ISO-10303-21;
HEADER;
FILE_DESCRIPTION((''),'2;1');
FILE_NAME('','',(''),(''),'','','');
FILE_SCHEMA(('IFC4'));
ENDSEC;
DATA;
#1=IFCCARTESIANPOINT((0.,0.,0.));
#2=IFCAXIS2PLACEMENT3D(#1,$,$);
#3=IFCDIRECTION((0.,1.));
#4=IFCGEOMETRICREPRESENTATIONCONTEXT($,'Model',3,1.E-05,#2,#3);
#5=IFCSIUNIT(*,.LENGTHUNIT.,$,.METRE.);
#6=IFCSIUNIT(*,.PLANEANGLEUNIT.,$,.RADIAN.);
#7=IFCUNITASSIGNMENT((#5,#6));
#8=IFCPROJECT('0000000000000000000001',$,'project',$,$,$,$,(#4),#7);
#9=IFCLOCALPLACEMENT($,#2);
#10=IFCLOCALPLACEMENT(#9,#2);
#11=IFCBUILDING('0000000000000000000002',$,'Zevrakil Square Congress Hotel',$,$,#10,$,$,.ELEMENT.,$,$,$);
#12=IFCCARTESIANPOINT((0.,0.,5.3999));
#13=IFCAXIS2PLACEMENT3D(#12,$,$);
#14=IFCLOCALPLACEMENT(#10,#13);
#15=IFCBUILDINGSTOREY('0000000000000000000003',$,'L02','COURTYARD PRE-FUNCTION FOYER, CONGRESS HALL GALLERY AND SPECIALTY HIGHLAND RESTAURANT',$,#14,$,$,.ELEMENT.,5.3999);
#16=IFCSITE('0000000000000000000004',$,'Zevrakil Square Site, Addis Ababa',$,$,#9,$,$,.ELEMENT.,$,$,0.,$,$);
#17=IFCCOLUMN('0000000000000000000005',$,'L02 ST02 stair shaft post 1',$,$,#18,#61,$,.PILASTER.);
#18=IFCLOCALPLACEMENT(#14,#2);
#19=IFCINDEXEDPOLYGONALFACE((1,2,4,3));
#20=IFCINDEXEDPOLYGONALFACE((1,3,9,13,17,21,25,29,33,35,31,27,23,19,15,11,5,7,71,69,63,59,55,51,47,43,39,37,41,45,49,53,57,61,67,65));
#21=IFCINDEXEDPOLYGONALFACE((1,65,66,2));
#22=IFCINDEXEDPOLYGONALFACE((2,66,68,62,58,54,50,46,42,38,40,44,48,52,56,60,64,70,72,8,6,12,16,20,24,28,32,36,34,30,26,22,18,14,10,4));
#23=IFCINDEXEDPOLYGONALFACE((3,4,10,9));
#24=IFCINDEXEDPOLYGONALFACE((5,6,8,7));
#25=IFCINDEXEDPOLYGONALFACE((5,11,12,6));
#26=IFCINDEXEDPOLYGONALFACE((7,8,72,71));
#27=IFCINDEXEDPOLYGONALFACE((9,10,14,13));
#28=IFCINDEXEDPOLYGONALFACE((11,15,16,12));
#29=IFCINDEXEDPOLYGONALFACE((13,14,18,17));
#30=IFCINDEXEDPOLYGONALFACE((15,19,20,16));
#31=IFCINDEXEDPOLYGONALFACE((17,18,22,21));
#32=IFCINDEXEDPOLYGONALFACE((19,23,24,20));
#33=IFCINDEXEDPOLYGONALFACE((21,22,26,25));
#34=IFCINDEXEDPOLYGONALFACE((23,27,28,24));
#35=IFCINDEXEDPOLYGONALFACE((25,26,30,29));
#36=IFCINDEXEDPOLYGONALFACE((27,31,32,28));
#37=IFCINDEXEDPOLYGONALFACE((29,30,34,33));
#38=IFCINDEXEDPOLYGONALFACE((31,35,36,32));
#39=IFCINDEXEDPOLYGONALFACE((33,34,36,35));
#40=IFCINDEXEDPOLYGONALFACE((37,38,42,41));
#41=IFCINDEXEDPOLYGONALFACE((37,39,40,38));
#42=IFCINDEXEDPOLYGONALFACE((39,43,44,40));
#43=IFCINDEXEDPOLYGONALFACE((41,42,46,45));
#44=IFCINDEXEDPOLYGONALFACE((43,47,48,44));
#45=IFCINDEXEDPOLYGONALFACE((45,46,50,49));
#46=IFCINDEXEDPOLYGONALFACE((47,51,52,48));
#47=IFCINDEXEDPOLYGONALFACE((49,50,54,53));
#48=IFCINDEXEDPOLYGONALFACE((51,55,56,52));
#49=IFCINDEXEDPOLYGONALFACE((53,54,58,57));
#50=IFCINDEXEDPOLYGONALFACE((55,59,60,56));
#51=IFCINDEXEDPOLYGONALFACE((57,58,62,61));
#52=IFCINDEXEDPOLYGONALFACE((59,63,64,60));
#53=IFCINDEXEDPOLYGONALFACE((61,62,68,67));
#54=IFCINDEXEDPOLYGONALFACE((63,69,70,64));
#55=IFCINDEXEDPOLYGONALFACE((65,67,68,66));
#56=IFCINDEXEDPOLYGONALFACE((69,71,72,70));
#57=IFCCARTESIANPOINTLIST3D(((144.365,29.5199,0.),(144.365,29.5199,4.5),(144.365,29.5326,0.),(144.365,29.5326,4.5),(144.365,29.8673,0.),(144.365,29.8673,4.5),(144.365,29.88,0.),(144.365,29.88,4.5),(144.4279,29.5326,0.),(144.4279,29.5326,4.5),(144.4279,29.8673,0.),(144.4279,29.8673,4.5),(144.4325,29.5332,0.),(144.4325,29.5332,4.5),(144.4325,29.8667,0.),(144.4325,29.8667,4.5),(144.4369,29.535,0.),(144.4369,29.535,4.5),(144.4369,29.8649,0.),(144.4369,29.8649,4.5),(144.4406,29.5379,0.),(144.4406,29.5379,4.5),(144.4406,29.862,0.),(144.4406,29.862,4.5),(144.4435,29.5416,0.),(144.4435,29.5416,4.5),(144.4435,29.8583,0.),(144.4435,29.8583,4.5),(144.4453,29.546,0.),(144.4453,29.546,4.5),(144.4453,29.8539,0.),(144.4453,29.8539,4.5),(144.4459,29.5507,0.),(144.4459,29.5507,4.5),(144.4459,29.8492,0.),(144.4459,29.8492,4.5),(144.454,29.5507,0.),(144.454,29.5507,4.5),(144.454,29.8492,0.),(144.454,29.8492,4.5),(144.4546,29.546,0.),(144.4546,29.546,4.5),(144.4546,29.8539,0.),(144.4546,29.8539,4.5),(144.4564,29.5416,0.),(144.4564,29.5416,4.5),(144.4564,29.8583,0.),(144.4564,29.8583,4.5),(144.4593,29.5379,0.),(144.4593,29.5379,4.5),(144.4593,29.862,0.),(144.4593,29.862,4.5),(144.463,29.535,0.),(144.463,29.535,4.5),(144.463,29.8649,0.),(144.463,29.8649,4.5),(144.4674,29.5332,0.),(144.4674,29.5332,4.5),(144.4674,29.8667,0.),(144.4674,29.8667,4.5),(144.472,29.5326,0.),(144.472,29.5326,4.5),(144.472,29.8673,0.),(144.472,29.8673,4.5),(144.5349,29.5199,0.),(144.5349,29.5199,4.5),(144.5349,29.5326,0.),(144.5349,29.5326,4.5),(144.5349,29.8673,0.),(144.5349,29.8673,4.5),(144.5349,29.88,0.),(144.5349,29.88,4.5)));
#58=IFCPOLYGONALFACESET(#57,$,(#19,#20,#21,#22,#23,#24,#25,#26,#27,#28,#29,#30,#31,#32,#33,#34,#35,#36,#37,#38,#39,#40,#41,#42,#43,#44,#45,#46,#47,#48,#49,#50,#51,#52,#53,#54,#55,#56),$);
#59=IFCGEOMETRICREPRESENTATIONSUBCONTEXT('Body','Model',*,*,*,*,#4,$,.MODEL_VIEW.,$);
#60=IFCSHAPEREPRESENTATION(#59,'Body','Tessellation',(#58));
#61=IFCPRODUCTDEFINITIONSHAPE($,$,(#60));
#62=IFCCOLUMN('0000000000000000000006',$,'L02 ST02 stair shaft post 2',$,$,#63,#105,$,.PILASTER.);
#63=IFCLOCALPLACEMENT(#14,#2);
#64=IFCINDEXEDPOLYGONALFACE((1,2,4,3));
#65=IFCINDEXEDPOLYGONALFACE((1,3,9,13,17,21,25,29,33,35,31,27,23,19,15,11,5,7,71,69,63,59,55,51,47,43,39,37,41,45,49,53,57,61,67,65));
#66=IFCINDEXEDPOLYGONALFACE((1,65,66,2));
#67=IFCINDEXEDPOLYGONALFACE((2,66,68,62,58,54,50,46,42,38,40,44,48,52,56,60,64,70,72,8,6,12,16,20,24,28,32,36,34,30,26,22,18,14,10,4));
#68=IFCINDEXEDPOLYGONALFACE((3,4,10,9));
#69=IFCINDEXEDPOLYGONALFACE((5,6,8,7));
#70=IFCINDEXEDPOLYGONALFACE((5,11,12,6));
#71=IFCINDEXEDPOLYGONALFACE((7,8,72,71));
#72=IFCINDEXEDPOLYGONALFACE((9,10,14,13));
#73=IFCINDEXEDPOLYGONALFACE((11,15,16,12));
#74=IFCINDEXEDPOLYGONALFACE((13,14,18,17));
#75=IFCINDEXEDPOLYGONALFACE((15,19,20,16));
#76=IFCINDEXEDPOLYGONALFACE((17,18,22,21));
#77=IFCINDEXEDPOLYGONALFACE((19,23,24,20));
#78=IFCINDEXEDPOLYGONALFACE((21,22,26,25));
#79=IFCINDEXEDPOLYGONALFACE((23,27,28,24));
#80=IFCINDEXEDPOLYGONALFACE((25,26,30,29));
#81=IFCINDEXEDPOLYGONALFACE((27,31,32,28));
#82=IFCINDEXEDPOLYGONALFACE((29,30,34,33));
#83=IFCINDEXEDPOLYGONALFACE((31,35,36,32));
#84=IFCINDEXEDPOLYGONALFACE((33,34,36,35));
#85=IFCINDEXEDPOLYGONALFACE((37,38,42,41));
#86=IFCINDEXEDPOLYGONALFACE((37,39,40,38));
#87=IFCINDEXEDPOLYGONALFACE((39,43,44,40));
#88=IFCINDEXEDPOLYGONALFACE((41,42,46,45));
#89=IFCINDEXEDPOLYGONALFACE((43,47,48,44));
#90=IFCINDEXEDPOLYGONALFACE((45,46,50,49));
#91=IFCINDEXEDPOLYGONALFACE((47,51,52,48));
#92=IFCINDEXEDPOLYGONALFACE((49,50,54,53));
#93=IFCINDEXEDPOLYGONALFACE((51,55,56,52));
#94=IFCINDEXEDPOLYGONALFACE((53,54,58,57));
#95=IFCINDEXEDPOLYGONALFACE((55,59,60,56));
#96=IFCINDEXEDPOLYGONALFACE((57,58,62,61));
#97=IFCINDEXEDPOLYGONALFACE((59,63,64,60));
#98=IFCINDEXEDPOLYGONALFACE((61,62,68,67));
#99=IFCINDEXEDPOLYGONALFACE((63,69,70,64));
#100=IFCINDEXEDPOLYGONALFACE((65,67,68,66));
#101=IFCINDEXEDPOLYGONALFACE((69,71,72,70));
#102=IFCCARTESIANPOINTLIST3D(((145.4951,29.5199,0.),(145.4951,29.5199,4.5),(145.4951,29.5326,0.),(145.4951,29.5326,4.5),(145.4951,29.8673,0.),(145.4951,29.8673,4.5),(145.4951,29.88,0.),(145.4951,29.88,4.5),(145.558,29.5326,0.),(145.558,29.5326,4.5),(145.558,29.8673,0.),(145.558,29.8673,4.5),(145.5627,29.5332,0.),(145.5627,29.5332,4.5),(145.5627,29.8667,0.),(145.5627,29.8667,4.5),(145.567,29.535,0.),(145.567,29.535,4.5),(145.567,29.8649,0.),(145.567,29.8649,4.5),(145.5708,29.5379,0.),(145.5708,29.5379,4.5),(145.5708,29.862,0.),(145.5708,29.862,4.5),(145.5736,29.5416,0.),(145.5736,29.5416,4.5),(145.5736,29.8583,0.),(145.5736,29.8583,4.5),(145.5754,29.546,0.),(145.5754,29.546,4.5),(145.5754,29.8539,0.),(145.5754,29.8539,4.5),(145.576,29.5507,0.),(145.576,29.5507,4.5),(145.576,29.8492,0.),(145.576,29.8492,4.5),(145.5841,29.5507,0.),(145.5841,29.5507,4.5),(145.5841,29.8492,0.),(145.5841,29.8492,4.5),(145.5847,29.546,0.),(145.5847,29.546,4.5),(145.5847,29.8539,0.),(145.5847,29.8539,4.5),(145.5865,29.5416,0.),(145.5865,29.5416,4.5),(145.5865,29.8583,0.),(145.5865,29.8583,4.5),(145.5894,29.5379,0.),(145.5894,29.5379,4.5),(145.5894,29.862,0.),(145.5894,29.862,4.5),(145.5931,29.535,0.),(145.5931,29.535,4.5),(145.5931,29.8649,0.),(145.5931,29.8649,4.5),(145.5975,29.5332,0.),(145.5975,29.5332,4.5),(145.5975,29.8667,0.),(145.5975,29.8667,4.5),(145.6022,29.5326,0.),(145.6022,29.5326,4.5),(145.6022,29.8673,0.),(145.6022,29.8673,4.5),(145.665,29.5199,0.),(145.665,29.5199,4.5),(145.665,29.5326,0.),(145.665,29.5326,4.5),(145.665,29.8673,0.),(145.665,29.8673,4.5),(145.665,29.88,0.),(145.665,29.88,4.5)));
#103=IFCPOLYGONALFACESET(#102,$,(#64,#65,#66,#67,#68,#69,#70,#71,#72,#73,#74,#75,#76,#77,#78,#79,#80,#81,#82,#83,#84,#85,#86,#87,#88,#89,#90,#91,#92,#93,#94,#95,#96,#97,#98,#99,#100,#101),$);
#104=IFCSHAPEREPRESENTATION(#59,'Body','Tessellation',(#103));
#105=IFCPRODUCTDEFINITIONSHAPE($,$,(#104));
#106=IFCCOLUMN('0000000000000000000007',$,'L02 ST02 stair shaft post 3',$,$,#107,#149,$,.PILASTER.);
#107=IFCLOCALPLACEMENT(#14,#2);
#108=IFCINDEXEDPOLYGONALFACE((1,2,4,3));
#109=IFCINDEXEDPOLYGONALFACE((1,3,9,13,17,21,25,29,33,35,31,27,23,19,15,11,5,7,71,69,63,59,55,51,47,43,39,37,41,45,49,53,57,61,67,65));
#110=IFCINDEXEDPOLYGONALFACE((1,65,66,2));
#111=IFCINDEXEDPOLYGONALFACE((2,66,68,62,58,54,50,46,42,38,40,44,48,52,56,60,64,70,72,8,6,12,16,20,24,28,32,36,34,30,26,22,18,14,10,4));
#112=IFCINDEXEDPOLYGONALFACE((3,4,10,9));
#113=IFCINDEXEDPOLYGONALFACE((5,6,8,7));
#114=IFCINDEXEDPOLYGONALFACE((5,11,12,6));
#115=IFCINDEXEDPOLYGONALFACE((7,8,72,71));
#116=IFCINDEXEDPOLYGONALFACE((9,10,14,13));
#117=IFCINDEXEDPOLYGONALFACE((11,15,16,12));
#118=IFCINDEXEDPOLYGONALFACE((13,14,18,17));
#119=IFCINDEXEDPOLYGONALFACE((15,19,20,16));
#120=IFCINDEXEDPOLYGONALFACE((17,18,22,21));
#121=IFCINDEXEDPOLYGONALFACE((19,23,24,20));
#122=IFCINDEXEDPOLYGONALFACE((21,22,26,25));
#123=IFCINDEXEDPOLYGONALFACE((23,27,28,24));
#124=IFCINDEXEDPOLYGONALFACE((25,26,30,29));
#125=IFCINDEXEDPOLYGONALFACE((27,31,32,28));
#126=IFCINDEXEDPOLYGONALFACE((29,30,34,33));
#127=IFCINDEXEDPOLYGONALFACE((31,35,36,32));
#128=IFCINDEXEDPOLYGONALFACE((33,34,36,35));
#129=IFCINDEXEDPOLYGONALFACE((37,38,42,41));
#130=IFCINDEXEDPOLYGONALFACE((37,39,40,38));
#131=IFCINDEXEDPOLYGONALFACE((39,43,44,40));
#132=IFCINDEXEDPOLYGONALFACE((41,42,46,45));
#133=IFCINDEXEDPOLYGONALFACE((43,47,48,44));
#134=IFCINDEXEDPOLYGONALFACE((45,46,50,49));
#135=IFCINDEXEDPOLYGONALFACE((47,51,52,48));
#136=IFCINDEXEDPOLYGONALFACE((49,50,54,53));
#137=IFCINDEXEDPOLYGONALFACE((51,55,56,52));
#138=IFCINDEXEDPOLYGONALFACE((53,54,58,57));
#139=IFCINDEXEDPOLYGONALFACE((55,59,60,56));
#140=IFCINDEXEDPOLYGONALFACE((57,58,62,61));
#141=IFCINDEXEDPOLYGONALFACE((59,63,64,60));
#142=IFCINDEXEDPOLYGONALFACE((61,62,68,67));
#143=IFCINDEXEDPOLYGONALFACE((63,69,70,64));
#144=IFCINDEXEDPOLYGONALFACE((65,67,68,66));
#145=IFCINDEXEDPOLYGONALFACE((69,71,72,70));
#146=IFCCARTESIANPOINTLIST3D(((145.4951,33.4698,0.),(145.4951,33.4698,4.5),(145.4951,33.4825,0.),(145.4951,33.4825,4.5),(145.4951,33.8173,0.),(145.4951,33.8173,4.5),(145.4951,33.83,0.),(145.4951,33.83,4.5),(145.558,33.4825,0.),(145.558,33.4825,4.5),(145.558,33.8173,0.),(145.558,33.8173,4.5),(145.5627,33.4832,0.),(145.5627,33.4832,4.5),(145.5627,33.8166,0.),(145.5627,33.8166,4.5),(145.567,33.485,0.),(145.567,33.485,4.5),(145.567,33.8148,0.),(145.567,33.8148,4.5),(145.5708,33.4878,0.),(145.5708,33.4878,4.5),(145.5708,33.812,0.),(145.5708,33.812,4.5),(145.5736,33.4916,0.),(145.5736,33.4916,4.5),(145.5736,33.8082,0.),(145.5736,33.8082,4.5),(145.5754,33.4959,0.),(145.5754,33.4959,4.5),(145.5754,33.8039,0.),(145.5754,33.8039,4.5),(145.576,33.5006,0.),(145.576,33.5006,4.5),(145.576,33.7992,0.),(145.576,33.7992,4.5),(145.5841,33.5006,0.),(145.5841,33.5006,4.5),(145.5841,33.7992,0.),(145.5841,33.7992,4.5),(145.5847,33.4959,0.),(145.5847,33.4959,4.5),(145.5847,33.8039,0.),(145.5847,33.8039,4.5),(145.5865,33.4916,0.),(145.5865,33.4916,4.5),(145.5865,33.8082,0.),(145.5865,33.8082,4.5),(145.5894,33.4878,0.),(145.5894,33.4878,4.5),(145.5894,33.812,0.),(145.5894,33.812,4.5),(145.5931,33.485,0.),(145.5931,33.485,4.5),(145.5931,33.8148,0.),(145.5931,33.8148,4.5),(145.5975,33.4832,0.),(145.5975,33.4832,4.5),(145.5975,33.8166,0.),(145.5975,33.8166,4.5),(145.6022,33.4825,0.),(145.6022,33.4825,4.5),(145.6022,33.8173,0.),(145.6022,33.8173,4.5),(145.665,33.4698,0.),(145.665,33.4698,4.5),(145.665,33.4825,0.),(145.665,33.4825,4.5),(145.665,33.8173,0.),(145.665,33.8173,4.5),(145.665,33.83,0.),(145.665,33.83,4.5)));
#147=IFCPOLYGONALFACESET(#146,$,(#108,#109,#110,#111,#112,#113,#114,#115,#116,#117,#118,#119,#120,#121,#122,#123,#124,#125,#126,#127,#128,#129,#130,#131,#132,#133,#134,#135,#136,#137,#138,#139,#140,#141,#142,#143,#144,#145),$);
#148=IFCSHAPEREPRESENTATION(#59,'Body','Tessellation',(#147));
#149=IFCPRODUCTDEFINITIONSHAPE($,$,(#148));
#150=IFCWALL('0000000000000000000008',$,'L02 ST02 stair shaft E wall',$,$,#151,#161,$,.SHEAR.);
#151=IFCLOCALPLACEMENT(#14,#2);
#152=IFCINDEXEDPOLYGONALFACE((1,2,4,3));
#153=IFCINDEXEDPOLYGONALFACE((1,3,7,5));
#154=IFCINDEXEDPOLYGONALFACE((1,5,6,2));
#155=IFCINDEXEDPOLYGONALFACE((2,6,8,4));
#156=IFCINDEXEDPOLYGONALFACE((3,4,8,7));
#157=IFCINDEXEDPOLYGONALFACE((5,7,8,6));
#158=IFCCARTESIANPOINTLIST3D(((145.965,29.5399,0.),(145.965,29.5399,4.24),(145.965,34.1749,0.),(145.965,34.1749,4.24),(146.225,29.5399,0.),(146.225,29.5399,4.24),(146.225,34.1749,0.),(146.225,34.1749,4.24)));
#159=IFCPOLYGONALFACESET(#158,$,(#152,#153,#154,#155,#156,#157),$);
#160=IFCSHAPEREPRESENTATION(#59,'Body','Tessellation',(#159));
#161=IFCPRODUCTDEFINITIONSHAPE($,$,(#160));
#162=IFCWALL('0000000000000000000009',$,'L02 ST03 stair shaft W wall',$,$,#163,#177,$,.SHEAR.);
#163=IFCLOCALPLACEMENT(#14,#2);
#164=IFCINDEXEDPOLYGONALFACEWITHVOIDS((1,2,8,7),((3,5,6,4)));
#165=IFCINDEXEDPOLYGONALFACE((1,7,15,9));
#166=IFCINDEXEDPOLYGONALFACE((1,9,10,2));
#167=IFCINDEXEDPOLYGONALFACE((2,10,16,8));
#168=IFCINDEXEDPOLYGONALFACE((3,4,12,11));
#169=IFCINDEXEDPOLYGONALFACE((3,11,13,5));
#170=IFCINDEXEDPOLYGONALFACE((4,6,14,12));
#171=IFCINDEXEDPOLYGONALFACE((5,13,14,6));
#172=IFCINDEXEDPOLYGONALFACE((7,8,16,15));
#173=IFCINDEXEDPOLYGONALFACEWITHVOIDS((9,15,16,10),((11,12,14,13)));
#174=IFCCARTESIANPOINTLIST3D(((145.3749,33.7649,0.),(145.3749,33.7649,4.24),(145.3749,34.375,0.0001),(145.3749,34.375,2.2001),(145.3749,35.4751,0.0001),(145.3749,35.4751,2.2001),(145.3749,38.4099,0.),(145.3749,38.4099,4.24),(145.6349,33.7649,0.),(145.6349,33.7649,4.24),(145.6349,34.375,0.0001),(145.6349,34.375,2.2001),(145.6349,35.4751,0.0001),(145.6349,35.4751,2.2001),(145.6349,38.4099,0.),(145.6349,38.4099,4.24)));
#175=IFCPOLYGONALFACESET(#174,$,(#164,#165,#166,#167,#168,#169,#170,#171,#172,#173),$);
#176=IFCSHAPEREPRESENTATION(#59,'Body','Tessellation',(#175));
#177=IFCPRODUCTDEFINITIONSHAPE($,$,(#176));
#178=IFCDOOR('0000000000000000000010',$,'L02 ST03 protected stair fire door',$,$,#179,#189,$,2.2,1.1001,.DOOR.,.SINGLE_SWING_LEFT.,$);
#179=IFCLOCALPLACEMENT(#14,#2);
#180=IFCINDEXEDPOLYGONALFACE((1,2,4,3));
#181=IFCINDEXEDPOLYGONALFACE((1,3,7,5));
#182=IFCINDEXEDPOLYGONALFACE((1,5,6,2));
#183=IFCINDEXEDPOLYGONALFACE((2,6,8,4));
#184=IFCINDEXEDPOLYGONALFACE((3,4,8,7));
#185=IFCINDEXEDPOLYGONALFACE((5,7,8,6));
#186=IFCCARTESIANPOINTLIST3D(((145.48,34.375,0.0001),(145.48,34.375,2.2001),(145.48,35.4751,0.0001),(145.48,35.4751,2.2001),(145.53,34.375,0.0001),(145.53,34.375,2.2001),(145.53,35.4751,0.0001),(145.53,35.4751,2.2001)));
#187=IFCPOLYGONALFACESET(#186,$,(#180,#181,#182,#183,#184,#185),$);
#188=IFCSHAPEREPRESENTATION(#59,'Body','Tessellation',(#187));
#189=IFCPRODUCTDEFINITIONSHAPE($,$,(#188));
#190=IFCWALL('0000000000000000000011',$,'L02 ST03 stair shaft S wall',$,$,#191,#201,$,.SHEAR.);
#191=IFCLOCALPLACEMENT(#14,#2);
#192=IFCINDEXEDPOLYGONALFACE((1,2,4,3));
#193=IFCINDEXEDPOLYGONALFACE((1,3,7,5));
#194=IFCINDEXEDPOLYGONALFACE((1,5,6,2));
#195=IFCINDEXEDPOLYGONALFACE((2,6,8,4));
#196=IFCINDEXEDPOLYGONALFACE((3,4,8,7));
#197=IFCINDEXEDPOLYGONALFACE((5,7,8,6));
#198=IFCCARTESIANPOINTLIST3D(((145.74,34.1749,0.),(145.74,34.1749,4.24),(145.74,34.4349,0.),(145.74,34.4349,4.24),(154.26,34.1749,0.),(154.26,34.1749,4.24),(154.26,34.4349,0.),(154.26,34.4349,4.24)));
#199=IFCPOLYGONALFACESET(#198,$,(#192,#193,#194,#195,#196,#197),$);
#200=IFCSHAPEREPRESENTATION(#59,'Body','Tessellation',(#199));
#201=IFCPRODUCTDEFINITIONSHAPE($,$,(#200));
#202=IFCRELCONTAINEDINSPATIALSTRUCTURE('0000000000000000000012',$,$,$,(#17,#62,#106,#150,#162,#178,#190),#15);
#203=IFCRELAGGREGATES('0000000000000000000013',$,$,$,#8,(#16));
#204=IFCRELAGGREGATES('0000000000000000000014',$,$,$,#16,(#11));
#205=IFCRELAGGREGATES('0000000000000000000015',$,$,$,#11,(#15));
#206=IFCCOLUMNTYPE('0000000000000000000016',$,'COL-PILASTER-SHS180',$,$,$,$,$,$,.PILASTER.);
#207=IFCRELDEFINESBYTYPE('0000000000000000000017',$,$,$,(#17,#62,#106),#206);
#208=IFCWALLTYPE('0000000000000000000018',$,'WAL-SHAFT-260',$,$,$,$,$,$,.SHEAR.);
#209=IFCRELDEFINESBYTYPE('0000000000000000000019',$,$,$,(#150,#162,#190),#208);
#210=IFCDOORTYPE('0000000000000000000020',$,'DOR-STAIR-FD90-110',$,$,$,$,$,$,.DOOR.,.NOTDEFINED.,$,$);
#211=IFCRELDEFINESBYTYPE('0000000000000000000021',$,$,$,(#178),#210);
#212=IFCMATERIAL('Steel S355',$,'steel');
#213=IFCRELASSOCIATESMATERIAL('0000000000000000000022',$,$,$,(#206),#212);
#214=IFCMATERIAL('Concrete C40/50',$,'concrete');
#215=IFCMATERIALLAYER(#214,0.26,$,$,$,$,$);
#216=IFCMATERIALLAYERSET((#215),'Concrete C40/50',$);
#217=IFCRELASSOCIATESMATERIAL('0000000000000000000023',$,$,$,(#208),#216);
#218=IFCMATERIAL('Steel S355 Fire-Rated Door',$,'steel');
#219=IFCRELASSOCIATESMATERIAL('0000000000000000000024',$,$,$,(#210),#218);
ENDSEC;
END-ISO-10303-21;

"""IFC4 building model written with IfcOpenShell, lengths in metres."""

from ifc_helpers import new_model, si_unit, direction, frame, frame_2d, origin, origin_2d, place, context, subcontext, project, spatial, rectangle, i_section, extrude, material, layer, layer_set, material_profile, profile_set, type_object, element, fill, save


model = new_model("IFC4")

# Units and contexts
model_context = context("Model", 3, precision=1e-05, world=origin(), true_north=direction((0.0, 1.0)))
body_context = subcontext(model_context, "Body", "Model", "MODEL_VIEW")
ifc_project = project(units=[si_unit("LENGTHUNIT", "METRE"), si_unit("PLANEANGLEUNIT", "RADIAN")], contexts=[model_context])

# Site, building, storey
site_placement = place(None, origin())
site = spatial("IfcSite", under=ifc_project, at=site_placement, Name="Zevrakil Square Site, Addis Ababa", CompositionType="ELEMENT", RefElevation=0.0)
building_placement = place(site_placement, origin())
building = spatial("IfcBuilding", under=site, at=building_placement, Name="Zevrakil Square Congress Hotel", CompositionType="ELEMENT")
storey_placement = place(building_placement, frame((0.0, 0.0, 5.3999)))
storey = spatial("IfcBuildingStorey", under=building, at=storey_placement, Name="L02", Description="COURTYARD PRE-FUNCTION FOYER, CONGRESS HALL GALLERY AND SPECIALTY HIGHLAND RESTAURANT", CompositionType="ELEMENT", Elevation=5.3999)

# Columns
ifc_material_1 = material(Name="Steel S355", Category="steel")
ifc_material_profile = material_profile(ifc_material_1, i_section(OverallWidth=0.1699, OverallDepth=0.3601, WebThickness=0.0081, FlangeThickness=0.0127, FilletRadius=0.0181, at=origin_2d()), Name="IPE 360")
ifc_profile_set = profile_set([ifc_material_profile], Name="Steel S355")
column_type = type_object("IfcColumnType", Name="COL-PILASTER-SHS180", PredefinedType="PILASTER", material=ifc_profile_set)
for number, where, z_axis, x_axis, name in (
    (1, (144.45, 29.7, 0.0), (0.0, 0.0, 1.0), (1.0, 0.0, 0.0), "L02 ST02 stair shaft post 1"),
    (2, (145.5801, 29.7, 0.0), (0.0, 0.0, 1.0), (1.0, 0.0, 0.0), "L02 ST02 stair shaft post 2"),
    (3, (145.5801, 33.6499, 0.0), (0.0, 0.0, 1.0), (1.0, 0.0, 0.0), "L02 ST02 stair shaft post 3"),
):
    element("IfcColumn", number, at=place(storey_placement, frame(where, z_axis=z_axis, x_axis=x_axis)), inside=storey, type_object=column_type, Name=name, PredefinedType="PILASTER", context=body_context, shape_type="SweptSolid", body=[
        extrude(i_section(OverallWidth=0.1699, OverallDepth=0.3601, WebThickness=0.0081, FlangeThickness=0.0127, FilletRadius=0.0181, at=origin_2d()), origin(), (0.0, 0.0, 1.0), 4.5),
    ])

# Wall
ifc_material_2 = material(Name="Concrete C40/50", Category="concrete")
ifc_layer = layer(ifc_material_2, 0.26)
ifc_layer_set = layer_set([ifc_layer], Name="Concrete C40/50")
wall_type = type_object("IfcWallType", Name="WAL-SHAFT-260", PredefinedType="SHEAR", material=ifc_layer_set)
wall_1_placement = place(storey_placement, frame((146.095, 29.54, 0.0), z_axis=(0.0, 0.0, 1.0), x_axis=(0.0, 1.0, 0.0)))
element("IfcWall", 4, at=wall_1_placement, inside=storey, type_object=wall_type, Name="L02 ST02 stair shaft E wall", PredefinedType="SHEAR", context=body_context, shape_type="SweptSolid", body=[
    extrude(rectangle(XDim=4.635, YDim=0.26, at=frame_2d((2.3174, 0.0))), origin(), (0.0, 0.0, 1.0), 4.24),
])

# Wall, opening, door
wall_2_placement = place(storey_placement, frame((145.5049, 33.7649, 0.0), z_axis=(0.0, 0.0, 1.0), x_axis=(0.0, 1.0, 0.0)))
wall_2 = element("IfcWall", 5, at=wall_2_placement, inside=storey, type_object=wall_type, Name="L02 ST03 stair shaft W wall", PredefinedType="SHEAR", context=body_context, shape_type="SweptSolid", body=[
    extrude(rectangle(XDim=4.645, YDim=0.26, at=frame_2d((2.3225, 0.0))), origin(), (0.0, 0.0, 1.0), 4.24),
])
opening_1_placement = place(wall_2_placement, frame((0.6101, 0.0, 0.0)))
opening_1 = element("IfcOpeningElement", 6, at=opening_1_placement, cuts=wall_2, PredefinedType="OPENING", context=body_context, shape_type="SweptSolid", body=[
    extrude(rectangle(XDim=1.1001, YDim=2.2, at=frame_2d((0.55, 1.1001))), frame((0.0, 0.1401, 0.0), z_axis=(0.0, -1.0, 0.0), x_axis=(1.0, 0.0, 0.0)), (0.0, 0.0, 1.0), 0.28),
])
ifc_material_3 = material(Name="Steel S355 Fire-Rated Door", Category="steel")
door_type_1 = type_object("IfcDoorType", Name="DOR-STAIR-FD90-110", OperationType="NOTDEFINED", PredefinedType="DOOR", material=ifc_material_3)
door_1_placement = place(opening_1_placement, origin())
door_1 = element("IfcDoor", 7, at=door_1_placement, inside=storey, type_object=door_type_1, Name="L02 ST03 protected stair fire door", OperationType="SINGLE_SWING_LEFT", OverallHeight=2.2, OverallWidth=1.1001, PredefinedType="DOOR", context=body_context, shape_type="SweptSolid", body=[
    extrude(rectangle(XDim=1.1001, YDim=2.2, at=frame_2d((0.55, 1.1001))), frame((0.0, 0.0249, 0.0), z_axis=(0.0, -1.0, 0.0), x_axis=(1.0, 0.0, 0.0)), (0.0, 0.0, 1.0), 0.05),
])
fill(opening_1, door_1)

# Wall
wall_3_placement = place(storey_placement, frame((145.74, 34.3049, 0.0), z_axis=(0.0, 0.0, 1.0), x_axis=(1.0, 0.0, 0.0)))
element("IfcWall", 8, at=wall_3_placement, inside=storey, type_object=wall_type, Name="L02 ST03 stair shaft S wall", PredefinedType="SHEAR", context=body_context, shape_type="SweptSolid", body=[
    extrude(rectangle(XDim=8.52, YDim=0.26, at=frame_2d((4.26, 0.0))), origin(), (0.0, 0.0, 1.0), 4.24),
])

save(model, "model.ifc")
